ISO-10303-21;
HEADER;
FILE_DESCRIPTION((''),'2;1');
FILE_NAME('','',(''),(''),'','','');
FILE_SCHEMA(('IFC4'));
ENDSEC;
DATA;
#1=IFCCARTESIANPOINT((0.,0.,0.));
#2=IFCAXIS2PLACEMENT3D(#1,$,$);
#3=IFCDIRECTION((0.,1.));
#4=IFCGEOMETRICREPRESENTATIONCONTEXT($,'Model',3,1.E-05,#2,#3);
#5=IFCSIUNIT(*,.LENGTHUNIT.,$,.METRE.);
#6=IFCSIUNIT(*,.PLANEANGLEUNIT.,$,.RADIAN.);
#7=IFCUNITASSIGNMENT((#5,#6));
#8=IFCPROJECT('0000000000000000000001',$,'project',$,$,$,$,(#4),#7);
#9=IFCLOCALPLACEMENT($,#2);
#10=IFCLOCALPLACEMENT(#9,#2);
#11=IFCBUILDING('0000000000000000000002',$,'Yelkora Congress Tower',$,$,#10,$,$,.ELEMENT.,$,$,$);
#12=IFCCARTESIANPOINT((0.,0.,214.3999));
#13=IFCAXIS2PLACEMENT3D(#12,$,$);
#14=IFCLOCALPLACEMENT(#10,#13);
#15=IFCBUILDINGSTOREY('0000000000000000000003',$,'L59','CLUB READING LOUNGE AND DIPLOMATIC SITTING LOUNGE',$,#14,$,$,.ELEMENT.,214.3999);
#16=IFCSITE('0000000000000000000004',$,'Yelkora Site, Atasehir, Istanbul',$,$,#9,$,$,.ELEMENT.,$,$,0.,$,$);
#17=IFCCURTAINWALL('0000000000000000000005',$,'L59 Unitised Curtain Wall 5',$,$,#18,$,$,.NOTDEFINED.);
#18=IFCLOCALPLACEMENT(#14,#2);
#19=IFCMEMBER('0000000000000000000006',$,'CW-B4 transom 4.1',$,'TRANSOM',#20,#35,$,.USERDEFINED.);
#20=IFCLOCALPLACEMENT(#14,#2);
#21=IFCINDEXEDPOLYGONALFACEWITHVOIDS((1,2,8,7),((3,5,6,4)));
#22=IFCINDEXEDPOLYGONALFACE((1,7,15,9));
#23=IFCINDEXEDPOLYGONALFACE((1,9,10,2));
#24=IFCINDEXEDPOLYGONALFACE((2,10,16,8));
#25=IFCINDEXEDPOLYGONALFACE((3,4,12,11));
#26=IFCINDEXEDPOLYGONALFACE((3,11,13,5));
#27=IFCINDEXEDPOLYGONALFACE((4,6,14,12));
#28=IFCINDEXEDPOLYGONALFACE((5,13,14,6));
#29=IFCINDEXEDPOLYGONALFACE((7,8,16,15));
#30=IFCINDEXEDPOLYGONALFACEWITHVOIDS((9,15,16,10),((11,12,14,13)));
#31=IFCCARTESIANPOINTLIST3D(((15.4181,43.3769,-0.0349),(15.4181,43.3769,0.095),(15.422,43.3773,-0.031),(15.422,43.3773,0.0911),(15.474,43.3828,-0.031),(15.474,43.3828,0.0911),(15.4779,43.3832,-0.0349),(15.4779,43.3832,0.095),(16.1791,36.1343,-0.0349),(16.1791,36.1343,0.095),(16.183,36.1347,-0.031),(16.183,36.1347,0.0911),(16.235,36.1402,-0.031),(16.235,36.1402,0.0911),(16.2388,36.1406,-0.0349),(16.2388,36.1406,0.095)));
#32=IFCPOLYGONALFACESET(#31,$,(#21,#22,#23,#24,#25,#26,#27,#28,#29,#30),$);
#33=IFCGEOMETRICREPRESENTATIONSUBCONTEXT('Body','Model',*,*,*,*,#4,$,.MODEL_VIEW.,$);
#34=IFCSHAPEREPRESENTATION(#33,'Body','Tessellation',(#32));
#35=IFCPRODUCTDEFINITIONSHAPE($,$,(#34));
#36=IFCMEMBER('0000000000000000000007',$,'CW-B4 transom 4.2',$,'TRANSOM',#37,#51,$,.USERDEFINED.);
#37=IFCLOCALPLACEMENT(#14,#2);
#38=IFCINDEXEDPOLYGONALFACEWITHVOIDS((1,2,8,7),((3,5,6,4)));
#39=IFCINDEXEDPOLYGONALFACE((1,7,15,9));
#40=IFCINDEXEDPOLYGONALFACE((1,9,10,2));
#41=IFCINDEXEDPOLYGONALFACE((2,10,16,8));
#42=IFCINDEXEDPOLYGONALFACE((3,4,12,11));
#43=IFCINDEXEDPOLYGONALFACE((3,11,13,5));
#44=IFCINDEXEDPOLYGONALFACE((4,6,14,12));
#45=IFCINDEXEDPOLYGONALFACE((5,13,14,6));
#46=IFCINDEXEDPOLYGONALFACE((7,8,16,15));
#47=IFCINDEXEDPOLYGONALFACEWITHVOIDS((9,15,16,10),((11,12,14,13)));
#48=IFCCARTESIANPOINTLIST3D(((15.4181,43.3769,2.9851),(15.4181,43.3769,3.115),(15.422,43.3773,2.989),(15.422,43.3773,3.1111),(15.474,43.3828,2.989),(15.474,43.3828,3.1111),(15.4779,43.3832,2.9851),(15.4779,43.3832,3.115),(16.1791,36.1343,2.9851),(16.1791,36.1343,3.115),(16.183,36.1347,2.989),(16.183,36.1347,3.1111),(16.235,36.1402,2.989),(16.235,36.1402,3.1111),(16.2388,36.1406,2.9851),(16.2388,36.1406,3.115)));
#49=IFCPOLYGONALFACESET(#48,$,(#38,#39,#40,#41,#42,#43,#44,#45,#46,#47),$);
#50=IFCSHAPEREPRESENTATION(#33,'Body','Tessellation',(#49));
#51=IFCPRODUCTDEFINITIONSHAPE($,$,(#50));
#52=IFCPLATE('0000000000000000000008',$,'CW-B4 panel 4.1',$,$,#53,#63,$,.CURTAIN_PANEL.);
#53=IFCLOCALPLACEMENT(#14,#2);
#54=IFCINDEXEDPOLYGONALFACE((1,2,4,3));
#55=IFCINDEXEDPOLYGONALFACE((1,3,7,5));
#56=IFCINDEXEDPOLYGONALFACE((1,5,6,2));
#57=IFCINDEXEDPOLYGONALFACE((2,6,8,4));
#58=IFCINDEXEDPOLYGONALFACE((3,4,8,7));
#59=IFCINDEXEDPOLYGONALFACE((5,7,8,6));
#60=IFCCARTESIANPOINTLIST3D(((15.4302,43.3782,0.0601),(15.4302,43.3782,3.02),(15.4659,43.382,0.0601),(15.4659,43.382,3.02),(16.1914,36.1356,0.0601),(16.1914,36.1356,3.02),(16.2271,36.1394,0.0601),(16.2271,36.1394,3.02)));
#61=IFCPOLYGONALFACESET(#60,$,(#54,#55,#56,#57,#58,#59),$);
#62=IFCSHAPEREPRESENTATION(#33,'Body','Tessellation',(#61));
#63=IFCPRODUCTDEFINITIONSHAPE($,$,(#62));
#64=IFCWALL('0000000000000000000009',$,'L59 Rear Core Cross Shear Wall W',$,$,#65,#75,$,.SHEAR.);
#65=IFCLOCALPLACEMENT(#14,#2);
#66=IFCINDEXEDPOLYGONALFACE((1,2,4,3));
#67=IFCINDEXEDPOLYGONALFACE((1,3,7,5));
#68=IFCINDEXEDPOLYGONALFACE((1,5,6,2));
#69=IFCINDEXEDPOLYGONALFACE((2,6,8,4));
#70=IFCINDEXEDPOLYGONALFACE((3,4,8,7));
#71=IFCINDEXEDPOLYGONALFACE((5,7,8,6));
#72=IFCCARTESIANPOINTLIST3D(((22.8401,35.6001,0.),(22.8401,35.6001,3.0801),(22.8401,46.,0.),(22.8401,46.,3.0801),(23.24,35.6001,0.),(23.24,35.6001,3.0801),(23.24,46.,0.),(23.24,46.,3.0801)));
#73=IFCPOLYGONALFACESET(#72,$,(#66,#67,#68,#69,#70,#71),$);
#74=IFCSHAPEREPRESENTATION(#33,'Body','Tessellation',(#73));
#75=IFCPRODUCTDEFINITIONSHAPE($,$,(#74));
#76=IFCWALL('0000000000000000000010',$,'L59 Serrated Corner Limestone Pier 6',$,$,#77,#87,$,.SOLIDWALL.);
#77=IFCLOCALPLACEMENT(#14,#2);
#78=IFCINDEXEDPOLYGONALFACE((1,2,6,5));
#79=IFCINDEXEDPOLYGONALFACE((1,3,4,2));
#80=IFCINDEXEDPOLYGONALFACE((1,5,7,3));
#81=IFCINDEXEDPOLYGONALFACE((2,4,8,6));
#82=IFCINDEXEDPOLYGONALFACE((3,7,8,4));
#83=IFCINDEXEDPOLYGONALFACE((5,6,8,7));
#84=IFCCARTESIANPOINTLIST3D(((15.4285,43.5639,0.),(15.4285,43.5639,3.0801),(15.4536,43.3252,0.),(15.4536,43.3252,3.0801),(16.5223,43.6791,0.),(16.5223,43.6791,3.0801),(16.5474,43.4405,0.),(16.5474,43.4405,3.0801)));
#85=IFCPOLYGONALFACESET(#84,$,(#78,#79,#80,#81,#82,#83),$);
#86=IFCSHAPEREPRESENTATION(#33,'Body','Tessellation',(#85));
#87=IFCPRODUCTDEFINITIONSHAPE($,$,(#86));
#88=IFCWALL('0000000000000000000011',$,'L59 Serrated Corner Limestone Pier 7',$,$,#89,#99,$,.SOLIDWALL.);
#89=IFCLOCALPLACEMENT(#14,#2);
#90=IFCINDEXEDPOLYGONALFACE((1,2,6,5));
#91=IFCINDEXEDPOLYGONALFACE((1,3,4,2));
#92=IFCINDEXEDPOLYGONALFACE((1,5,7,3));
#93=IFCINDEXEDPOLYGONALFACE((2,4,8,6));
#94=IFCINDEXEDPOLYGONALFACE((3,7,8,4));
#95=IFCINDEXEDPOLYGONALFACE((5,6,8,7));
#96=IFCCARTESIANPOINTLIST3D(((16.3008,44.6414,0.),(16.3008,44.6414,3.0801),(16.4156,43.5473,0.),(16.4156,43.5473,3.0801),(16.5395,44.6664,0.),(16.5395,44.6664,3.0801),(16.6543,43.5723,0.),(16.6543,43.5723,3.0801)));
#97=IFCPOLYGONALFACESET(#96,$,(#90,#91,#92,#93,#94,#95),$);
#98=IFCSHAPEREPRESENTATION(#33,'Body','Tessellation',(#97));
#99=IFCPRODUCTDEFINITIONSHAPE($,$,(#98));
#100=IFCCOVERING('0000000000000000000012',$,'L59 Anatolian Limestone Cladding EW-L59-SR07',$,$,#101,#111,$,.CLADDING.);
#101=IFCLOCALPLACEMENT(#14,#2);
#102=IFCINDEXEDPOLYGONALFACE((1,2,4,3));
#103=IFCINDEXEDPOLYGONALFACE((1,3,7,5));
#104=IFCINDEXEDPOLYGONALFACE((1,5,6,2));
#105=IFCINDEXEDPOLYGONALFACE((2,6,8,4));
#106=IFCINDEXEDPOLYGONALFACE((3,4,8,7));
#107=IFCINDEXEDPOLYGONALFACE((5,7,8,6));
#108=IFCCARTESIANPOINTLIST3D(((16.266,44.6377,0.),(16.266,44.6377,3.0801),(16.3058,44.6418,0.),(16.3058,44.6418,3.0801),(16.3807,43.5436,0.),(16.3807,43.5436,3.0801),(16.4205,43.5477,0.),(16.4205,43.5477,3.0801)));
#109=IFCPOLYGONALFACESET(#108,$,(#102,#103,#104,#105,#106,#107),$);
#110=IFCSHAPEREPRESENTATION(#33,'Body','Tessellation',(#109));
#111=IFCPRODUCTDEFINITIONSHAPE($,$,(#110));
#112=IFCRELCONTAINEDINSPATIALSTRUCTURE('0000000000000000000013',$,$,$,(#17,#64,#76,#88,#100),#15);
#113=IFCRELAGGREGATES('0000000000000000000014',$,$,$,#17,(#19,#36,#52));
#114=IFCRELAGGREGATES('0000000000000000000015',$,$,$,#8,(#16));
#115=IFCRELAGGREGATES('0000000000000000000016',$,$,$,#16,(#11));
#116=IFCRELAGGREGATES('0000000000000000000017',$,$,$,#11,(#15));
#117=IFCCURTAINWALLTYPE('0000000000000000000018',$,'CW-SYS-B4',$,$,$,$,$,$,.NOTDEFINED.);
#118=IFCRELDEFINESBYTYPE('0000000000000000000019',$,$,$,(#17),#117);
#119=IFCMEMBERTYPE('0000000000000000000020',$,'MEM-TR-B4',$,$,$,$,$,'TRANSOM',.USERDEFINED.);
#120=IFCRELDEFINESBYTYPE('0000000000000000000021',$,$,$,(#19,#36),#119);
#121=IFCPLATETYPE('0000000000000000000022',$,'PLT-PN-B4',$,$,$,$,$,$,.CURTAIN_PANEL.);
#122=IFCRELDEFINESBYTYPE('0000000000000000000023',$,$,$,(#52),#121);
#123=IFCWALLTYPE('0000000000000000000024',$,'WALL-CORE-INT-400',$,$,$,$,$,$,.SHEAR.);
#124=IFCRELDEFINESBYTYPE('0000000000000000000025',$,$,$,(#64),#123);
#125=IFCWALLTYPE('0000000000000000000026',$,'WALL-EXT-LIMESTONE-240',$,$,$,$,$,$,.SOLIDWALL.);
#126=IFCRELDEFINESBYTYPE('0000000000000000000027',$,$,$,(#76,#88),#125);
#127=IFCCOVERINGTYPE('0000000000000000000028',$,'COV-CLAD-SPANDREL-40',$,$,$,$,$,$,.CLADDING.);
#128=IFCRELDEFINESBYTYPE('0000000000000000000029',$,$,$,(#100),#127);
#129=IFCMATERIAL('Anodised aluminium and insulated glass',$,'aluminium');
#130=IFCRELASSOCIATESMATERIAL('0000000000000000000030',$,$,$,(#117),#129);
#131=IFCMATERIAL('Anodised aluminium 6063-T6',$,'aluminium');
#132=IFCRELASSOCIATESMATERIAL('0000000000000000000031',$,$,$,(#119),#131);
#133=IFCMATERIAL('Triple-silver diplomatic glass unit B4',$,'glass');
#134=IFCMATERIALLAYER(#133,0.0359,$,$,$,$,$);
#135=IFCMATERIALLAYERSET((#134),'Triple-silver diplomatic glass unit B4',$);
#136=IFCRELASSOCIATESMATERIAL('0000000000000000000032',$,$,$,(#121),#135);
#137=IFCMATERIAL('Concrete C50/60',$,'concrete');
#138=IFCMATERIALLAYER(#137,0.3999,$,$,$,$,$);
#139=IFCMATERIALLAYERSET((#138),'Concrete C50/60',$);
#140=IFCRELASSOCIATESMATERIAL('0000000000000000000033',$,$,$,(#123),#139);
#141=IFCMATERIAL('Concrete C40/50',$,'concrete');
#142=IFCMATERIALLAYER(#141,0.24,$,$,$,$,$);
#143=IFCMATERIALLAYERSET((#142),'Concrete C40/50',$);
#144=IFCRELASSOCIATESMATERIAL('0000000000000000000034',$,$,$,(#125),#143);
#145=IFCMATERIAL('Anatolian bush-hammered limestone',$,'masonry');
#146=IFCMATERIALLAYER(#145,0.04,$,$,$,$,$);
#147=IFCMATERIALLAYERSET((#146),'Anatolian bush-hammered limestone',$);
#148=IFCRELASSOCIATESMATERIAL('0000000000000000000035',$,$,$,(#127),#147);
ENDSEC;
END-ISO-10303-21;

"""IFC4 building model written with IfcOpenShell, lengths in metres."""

from ifc_helpers import new_model, si_unit, direction, frame, frame_2d, origin, origin_2d, place, context, subcontext, project, spatial, rectangle, hollow_rectangle, extrude, material, layer, layer_set, material_profile, profile_set, type_object, element, aggregate, save


model = new_model("IFC4")

# Units and contexts
model_context = context("Model", 3, precision=1e-05, world=origin(), true_north=direction((0.0, 1.0)))
body_context = subcontext(model_context, "Body", "Model", "MODEL_VIEW")
ifc_project = project(units=[si_unit("LENGTHUNIT", "METRE"), si_unit("PLANEANGLEUNIT", "RADIAN")], contexts=[model_context])

# Site, building, storey
site_placement = place(None, origin())
site = spatial("IfcSite", under=ifc_project, at=site_placement, Name="Yelkora Site, Atasehir, Istanbul", CompositionType="ELEMENT", RefElevation=0.0)
building_placement = place(site_placement, origin())
building = spatial("IfcBuilding", under=site, at=building_placement, Name="Yelkora Congress Tower", CompositionType="ELEMENT")
storey_placement = place(building_placement, frame((0.0, 0.0, 214.3999)))
storey = spatial("IfcBuildingStorey", under=building, at=storey_placement, Name="L59", Description="CLUB READING LOUNGE AND DIPLOMATIC SITTING LOUNGE", CompositionType="ELEMENT", Elevation=214.3999)

# Curtain wall, members, plate
ifc_material_1 = material(Name="Anodised aluminium and insulated glass", Category="aluminium")
curtain_wall_type = type_object("IfcCurtainWallType", Name="CW-SYS-B4", PredefinedType="NOTDEFINED", material=ifc_material_1)
curtain_wall_placement = place(storey_placement, origin())
curtain_wall = element("IfcCurtainWall", 1, at=curtain_wall_placement, inside=storey, type_object=curtain_wall_type, Name="L59 Unitised Curtain Wall 5", PredefinedType="NOTDEFINED")
ifc_material_2 = material(Name="Anodised aluminium 6063-T6", Category="aluminium")
ifc_material_profile_1 = material_profile(ifc_material_2, hollow_rectangle(XDim=0.0601, YDim=0.1299, WallThickness=0.0039, at=origin_2d()), Name="ALU 60x130x4")
ifc_profile_set_1 = profile_set([ifc_material_profile_1], Name="Anodised aluminium 6063-T6")
member_type_1 = type_object("IfcMemberType", Name="MEM-TR-B4", ElementType="TRANSOM", PredefinedType="USERDEFINED", material=ifc_profile_set_1)
member_1_placement = place(storey_placement, frame((16.209, 36.1375, 0.03), z_axis=(-0.104495, 0.994525, 0.0), x_axis=(-0.994525, -0.104495, 0.0)))
member_1 = element("IfcMember", 2, at=member_1_placement, type_object=member_type_1, Name="CW-B4 transom 4.1", ObjectType="TRANSOM", PredefinedType="USERDEFINED", context=body_context, shape_type="SweptSolid", body=[
    extrude(hollow_rectangle(XDim=0.0601, YDim=0.1299, WallThickness=0.0039, at=origin_2d()), origin(), (0.0, 0.0, 1.0), 7.2825),
])
member_2_placement = place(storey_placement, frame((16.209, 36.1375, 3.05), z_axis=(-0.104495, 0.994525, 0.0), x_axis=(-0.994525, -0.104495, 0.0)))
member_2 = element("IfcMember", 3, at=member_2_placement, type_object=member_type_1, Name="CW-B4 transom 4.2", ObjectType="TRANSOM", PredefinedType="USERDEFINED", context=body_context, shape_type="SweptSolid", body=[
    extrude(hollow_rectangle(XDim=0.0601, YDim=0.1299, WallThickness=0.0039, at=origin_2d()), origin(), (0.0, 0.0, 1.0), 7.2825),
])
ifc_material_3 = material(Name="Triple-silver diplomatic glass unit B4", Category="glass")
ifc_layer_1 = layer(ifc_material_3, 0.0359)
ifc_layer_set_1 = layer_set([ifc_layer_1], Name="Triple-silver diplomatic glass unit B4")
plate_type = type_object("IfcPlateType", Name="PLT-PN-B4", PredefinedType="CURTAIN_PANEL", material=ifc_layer_set_1)
plate_placement = place(storey_placement, frame((15.8286, 39.7588, 0.0601), z_axis=(0.0, 0.0, 1.0), x_axis=(-0.104526, 0.994522, 0.0)))
plate = element("IfcPlate", 4, at=plate_placement, type_object=plate_type, Name="CW-B4 panel 4.1", PredefinedType="CURTAIN_PANEL", context=body_context, shape_type="SweptSolid", body=[
    extrude(rectangle(XDim=7.2825, YDim=0.0359, at=origin_2d()), origin(), (0.0, 0.0, 1.0), 2.96),
])
aggregate(curtain_wall, [member_1, member_2, plate])

# Walls
ifc_material_4 = material(Name="Concrete C50/60", Category="concrete")
ifc_layer_2 = layer(ifc_material_4, 0.3999)
ifc_layer_set_2 = layer_set([ifc_layer_2], Name="Concrete C50/60")
wall_type_1 = type_object("IfcWallType", Name="WALL-CORE-INT-400", PredefinedType="SHEAR", material=ifc_layer_set_2)
wall_1_placement = place(storey_placement, frame((23.04, 35.6001, 0.0), z_axis=(0.0, 0.0, 1.0), x_axis=(0.0, 1.0, 0.0)))
element("IfcWall", 5, at=wall_1_placement, inside=storey, type_object=wall_type_1, Name="L59 Rear Core Cross Shear Wall W", PredefinedType="SHEAR", context=body_context, shape_type="SweptSolid", body=[
    extrude(rectangle(XDim=10.3999, YDim=0.3999, at=frame_2d((5.2, 0.0))), origin(), (0.0, 0.0, 1.0), 3.0801),
])
ifc_material_5 = material(Name="Concrete C40/50", Category="concrete")
ifc_layer_3 = layer(ifc_material_5, 0.24)
ifc_layer_set_3 = layer_set([ifc_layer_3], Name="Concrete C40/50")
wall_type_2 = type_object("IfcWallType", Name="WALL-EXT-LIMESTONE-240", PredefinedType="SOLIDWALL", material=ifc_layer_set_3)
wall_2_placement = place(storey_placement, frame((15.4412, 43.4446, 0.0), z_axis=(0.0, 0.0, 1.0), x_axis=(0.994496, 0.104777, 0.0)))
element("IfcWall", 6, at=wall_2_placement, inside=storey, type_object=wall_type_2, Name="L59 Serrated Corner Limestone Pier 6", PredefinedType="SOLIDWALL", context=body_context, shape_type="SweptSolid", body=[
    extrude(rectangle(XDim=1.0999, YDim=0.24, at=frame_2d((0.5498, 0.0))), origin(), (0.0, 0.0, 1.0), 3.0801),
])
wall_3_placement = place(storey_placement, frame((16.5349, 43.5598, 0.0), z_axis=(0.0, 0.0, 1.0), x_axis=(-0.104315, 0.994544, 0.0)))
element("IfcWall", 7, at=wall_3_placement, inside=storey, type_object=wall_type_2, Name="L59 Serrated Corner Limestone Pier 7", PredefinedType="SOLIDWALL", context=body_context, shape_type="SweptSolid", body=[
    extrude(rectangle(XDim=1.1001, YDim=0.24, at=frame_2d((0.55, 0.0))), origin(), (0.0, 0.0, 1.0), 3.0801),
])

# Covering
ifc_material_6 = material(Name="Anatolian bush-hammered limestone", Category="masonry")
ifc_layer_4 = layer(ifc_material_6, 0.04)
ifc_layer_set_4 = layer_set([ifc_layer_4], Name="Anatolian bush-hammered limestone")
covering_type = type_object("IfcCoveringType", Name="COV-CLAD-SPANDREL-40", PredefinedType="CLADDING", material=ifc_layer_set_4)
covering_placement = place(storey_placement, frame((16.4006, 43.5457, 0.0), z_axis=(0.0, 0.0, 1.0), x_axis=(-0.104315, 0.994544, 0.0)))
element("IfcCovering", 8, at=covering_placement, inside=storey, type_object=covering_type, Name="L59 Anatolian Limestone Cladding EW-L59-SR07", PredefinedType="CLADDING", context=body_context, shape_type="SweptSolid", body=[
    extrude(rectangle(XDim=1.1001, YDim=0.04, at=frame_2d((0.55, 0.0))), origin(), (0.0, 0.0, 1.0), 3.0801),
])

save(model, "model.ifc")
